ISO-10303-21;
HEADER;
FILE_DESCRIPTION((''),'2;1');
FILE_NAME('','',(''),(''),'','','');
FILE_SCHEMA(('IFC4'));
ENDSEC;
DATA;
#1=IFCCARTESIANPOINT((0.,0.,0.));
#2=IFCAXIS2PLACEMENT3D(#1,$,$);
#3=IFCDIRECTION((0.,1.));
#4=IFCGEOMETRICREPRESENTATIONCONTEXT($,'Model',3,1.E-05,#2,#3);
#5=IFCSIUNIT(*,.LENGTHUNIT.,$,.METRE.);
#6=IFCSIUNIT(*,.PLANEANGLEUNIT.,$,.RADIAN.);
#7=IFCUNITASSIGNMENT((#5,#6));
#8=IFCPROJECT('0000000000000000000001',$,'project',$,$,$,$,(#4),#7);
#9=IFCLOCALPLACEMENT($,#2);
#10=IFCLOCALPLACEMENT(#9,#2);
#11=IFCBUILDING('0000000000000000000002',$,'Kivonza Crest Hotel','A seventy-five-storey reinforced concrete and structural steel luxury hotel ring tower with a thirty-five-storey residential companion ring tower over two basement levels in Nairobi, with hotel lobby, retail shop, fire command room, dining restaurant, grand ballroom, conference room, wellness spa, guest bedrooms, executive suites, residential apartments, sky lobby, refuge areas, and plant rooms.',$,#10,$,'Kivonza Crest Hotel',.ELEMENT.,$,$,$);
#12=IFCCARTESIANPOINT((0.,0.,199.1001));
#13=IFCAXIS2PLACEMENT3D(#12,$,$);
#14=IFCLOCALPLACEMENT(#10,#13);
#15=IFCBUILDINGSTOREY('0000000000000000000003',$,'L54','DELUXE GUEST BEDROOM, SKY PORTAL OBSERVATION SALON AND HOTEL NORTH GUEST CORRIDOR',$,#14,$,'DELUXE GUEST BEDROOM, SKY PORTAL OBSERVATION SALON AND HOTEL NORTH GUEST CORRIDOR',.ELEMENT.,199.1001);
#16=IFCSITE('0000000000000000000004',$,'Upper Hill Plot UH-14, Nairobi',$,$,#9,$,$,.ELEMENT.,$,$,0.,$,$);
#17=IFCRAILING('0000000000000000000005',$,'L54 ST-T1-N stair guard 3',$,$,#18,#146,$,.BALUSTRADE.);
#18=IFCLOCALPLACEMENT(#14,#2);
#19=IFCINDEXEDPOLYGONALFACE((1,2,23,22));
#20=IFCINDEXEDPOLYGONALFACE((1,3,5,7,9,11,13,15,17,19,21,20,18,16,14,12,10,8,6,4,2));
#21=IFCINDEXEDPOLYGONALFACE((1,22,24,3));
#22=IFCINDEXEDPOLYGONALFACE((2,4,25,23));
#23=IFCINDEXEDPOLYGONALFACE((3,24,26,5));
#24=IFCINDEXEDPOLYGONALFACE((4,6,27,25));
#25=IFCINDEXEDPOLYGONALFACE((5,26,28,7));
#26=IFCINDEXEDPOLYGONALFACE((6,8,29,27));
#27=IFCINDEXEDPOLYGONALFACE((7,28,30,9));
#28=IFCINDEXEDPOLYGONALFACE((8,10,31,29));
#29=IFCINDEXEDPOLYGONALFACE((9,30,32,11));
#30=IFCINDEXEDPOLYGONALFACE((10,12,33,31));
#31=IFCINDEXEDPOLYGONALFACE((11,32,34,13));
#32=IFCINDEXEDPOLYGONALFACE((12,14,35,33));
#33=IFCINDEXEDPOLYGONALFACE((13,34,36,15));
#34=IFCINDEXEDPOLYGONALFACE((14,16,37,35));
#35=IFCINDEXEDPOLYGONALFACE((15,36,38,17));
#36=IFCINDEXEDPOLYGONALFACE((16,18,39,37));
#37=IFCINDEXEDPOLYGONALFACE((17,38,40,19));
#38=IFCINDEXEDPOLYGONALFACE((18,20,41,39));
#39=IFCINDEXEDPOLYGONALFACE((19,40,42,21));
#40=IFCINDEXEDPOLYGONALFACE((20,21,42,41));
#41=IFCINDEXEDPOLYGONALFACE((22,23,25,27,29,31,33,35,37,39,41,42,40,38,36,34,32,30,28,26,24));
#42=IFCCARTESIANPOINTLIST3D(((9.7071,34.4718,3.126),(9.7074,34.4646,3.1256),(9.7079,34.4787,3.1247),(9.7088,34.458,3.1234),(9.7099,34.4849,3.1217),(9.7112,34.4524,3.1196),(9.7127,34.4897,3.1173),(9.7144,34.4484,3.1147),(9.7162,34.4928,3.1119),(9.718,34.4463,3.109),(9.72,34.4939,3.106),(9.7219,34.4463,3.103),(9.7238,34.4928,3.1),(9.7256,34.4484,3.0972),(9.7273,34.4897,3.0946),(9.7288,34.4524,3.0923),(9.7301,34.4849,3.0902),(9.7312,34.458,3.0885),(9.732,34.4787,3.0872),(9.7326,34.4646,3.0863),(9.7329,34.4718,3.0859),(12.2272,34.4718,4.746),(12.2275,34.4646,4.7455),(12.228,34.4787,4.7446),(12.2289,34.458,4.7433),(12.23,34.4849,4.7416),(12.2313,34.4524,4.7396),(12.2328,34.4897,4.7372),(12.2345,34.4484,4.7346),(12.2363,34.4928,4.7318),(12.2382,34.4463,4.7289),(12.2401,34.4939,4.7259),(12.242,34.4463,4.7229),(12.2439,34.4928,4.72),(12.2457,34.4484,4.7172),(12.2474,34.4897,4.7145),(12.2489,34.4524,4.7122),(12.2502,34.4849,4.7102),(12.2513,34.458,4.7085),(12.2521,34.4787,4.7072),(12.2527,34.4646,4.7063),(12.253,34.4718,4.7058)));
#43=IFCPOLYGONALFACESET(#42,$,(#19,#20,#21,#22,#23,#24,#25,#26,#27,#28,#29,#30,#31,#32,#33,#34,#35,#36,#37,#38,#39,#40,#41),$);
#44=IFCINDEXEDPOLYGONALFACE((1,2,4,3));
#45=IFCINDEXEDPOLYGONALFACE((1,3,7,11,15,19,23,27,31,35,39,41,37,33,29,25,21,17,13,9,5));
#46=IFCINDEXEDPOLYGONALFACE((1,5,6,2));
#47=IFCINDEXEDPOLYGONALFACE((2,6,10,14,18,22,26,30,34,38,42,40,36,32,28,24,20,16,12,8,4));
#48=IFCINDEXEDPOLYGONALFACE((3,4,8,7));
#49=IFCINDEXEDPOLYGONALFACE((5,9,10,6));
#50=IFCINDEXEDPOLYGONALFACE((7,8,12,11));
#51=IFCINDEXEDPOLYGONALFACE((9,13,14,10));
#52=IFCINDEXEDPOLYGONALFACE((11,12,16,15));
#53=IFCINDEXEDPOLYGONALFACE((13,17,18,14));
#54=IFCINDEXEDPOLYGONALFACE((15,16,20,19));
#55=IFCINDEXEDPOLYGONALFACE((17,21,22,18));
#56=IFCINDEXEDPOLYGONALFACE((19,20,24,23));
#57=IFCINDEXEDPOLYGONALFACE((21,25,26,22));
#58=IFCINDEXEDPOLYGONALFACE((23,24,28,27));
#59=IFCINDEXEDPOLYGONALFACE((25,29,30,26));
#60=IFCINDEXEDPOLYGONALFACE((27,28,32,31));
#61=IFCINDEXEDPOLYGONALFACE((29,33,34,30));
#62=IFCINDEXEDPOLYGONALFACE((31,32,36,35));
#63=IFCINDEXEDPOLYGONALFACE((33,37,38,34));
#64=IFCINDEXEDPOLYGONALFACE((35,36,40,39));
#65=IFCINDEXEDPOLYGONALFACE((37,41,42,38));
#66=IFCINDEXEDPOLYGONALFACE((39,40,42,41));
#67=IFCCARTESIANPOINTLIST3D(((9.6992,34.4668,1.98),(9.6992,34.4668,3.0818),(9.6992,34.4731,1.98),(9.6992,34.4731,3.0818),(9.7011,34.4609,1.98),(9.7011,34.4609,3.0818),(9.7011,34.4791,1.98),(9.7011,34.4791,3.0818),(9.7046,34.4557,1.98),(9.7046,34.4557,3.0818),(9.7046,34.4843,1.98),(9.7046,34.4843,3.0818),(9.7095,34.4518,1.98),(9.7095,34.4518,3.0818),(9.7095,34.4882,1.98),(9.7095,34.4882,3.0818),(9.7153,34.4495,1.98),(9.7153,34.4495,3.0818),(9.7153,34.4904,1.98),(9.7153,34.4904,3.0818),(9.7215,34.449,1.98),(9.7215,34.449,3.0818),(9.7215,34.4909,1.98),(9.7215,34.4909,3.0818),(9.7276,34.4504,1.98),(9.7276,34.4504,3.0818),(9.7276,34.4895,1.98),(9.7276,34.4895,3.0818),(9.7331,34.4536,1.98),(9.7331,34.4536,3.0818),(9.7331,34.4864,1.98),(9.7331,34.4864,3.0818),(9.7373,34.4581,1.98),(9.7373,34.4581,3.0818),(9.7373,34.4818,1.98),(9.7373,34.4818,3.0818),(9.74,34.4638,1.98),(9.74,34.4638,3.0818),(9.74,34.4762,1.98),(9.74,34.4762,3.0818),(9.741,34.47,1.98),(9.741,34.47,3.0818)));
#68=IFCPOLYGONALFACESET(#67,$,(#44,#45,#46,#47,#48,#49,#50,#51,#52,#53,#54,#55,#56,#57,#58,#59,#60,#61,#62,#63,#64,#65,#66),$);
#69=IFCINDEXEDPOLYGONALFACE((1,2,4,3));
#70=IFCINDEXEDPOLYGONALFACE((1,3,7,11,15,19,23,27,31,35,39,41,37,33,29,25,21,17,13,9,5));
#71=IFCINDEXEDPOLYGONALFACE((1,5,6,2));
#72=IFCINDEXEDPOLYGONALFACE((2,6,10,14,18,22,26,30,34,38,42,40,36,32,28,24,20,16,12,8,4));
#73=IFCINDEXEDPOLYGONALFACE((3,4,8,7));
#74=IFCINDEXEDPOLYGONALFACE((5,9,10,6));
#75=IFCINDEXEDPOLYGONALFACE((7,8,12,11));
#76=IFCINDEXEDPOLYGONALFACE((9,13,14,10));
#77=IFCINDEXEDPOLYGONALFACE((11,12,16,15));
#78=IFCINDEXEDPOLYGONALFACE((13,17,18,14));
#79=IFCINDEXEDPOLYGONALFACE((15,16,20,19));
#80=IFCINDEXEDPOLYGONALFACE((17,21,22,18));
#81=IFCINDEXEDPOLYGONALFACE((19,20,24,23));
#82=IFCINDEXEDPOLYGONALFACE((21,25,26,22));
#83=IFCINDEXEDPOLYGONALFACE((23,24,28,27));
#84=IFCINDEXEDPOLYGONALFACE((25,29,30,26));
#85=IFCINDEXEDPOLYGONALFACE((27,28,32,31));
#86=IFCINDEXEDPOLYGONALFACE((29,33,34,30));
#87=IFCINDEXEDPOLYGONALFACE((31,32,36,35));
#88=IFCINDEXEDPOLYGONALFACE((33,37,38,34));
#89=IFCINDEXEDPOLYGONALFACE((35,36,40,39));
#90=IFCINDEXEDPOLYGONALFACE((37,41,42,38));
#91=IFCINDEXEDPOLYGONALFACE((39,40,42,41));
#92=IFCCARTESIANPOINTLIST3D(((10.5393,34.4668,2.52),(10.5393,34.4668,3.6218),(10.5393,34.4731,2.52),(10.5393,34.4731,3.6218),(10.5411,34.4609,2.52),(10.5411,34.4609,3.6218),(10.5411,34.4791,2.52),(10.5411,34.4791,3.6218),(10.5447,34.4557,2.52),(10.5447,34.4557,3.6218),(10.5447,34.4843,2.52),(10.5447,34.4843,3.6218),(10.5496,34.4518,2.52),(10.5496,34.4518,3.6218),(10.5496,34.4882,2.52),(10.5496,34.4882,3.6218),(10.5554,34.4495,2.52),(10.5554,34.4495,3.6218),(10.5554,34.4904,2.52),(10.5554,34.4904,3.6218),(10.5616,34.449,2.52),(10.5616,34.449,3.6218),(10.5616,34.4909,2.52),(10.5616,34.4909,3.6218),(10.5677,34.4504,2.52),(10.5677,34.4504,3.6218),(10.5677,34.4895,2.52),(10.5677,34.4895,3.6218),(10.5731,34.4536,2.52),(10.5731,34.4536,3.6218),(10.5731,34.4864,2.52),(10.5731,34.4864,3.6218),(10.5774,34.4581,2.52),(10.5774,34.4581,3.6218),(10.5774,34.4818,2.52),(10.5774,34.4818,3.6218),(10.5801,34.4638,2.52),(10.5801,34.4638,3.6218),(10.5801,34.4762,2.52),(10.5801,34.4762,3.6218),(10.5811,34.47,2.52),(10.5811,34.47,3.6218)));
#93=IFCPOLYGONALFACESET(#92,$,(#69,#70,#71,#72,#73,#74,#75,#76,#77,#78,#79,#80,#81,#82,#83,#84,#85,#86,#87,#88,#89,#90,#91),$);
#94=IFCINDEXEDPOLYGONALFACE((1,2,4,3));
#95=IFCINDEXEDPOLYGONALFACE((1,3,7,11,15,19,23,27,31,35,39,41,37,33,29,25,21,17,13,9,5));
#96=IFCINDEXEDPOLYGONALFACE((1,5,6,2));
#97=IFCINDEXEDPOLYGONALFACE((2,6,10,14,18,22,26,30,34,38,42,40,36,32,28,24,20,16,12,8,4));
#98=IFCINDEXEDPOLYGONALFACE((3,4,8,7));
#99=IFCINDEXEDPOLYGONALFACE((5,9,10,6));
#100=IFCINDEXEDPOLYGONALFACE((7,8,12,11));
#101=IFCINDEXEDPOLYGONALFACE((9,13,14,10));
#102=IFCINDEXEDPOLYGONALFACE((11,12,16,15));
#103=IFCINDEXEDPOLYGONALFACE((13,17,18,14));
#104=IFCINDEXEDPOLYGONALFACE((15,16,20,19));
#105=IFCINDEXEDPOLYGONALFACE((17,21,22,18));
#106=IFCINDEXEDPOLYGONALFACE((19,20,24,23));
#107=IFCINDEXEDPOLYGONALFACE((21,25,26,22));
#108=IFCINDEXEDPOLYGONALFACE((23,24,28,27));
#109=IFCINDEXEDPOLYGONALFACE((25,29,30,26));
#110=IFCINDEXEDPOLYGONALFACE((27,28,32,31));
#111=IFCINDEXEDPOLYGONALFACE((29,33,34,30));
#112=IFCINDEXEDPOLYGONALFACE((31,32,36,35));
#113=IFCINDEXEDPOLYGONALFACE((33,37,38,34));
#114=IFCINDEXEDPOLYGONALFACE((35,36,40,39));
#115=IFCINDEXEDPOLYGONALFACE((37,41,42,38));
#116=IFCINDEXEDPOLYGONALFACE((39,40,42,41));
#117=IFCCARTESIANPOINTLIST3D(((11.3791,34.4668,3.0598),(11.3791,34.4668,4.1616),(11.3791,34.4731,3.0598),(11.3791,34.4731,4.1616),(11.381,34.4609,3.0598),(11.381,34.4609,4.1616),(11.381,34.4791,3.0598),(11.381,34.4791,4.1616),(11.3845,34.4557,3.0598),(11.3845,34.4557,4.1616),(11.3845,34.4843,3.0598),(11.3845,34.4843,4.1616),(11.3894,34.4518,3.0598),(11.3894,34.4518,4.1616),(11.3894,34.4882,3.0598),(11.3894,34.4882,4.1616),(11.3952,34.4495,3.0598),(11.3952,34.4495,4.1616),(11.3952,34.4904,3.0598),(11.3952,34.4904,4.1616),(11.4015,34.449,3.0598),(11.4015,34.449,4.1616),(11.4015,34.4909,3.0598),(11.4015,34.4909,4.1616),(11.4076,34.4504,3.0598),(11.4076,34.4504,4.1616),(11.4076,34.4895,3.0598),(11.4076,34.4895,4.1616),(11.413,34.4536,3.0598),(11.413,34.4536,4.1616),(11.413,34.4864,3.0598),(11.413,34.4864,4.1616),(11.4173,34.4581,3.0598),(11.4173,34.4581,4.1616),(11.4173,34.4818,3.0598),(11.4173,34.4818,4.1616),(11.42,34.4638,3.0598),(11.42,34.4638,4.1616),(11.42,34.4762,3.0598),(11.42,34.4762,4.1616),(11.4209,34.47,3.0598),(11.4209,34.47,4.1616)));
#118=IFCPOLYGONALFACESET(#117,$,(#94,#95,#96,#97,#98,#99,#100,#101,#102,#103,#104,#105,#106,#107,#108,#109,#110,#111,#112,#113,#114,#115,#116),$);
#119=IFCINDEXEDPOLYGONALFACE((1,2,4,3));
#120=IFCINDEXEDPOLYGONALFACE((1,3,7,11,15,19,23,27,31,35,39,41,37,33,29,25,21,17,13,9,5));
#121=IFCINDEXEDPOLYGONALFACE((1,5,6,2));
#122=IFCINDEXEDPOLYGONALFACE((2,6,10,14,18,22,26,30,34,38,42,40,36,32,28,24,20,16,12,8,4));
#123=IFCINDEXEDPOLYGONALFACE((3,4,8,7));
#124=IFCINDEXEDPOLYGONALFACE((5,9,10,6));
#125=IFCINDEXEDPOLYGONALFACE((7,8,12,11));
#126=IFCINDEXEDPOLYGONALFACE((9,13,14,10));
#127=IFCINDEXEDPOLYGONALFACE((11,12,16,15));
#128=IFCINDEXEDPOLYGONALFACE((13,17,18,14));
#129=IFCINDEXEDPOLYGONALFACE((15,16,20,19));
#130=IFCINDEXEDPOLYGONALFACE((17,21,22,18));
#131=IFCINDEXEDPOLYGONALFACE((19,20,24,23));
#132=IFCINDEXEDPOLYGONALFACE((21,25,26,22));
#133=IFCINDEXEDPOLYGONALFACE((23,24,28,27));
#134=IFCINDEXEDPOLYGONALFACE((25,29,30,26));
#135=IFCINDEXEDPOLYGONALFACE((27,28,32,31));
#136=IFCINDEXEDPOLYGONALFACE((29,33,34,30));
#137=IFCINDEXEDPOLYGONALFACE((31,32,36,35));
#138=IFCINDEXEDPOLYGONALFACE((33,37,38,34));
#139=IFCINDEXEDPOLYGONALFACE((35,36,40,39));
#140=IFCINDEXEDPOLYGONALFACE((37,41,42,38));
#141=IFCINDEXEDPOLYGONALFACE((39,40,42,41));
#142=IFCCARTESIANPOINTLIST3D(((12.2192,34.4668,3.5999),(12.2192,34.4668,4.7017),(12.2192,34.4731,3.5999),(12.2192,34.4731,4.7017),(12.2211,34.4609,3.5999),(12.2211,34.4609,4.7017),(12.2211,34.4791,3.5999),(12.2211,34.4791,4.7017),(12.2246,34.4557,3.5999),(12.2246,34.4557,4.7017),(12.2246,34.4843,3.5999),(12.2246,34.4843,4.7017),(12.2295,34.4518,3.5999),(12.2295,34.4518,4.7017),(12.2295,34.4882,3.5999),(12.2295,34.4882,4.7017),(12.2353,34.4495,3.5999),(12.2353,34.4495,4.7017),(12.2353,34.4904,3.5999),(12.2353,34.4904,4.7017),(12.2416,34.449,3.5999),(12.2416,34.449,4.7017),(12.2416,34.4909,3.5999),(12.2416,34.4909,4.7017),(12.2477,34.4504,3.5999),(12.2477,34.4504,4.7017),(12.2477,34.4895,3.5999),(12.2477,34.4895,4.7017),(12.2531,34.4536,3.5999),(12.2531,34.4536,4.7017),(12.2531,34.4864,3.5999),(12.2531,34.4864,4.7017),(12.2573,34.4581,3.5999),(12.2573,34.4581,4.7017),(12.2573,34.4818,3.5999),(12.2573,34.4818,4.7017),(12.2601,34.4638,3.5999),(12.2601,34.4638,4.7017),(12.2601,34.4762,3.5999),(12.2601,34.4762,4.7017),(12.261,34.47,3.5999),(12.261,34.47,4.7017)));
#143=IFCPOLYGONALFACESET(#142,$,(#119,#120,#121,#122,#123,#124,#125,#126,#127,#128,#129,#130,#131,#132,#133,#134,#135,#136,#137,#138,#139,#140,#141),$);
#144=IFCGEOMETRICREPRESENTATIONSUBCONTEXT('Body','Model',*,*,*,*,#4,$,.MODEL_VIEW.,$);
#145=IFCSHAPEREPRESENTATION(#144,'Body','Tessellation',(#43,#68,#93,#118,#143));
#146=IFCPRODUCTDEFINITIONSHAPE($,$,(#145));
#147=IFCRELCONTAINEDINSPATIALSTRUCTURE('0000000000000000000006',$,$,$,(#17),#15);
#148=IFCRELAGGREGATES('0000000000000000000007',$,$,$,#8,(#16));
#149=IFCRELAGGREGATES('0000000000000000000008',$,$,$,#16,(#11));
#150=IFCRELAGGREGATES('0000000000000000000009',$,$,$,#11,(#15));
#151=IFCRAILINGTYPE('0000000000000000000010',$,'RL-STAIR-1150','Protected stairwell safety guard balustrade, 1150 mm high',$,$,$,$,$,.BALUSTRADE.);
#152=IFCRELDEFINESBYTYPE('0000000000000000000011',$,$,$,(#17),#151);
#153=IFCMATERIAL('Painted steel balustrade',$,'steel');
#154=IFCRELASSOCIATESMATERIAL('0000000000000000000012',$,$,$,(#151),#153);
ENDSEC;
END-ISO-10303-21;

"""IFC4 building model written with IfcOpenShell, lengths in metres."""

from ifc_helpers import new_model, si_unit, direction, frame, origin, origin_2d, place, context, subcontext, project, spatial, circle, extrude, material, type_object, element, save


model = new_model("IFC4")

# Units and contexts
model_context = context("Model", 3, precision=1e-05, world=origin(), true_north=direction((0.0, 1.0)))
body_context = subcontext(model_context, "Body", "Model", "MODEL_VIEW")
ifc_project = project(units=[si_unit("LENGTHUNIT", "METRE"), si_unit("PLANEANGLEUNIT", "RADIAN")], contexts=[model_context])

# Site, building, storey
site_placement = place(None, origin())
site = spatial("IfcSite", under=ifc_project, at=site_placement, Name="Upper Hill Plot UH-14, Nairobi", CompositionType="ELEMENT", RefElevation=0.0)
building_placement = place(site_placement, origin())
building = spatial("IfcBuilding", under=site, at=building_placement, Name="Kivonza Crest Hotel", Description="A seventy-five-storey reinforced concrete and structural steel luxury hotel ring tower with a thirty-five-storey residential companion ring tower over two basement levels in Nairobi, with hotel lobby, retail shop, fire command room, dining restaurant, grand ballroom, conference room, wellness spa, guest bedrooms, executive suites, residential apartments, sky lobby, refuge areas, and plant rooms.", LongName="Kivonza Crest Hotel", CompositionType="ELEMENT")
storey_placement = place(building_placement, frame((0.0, 0.0, 199.1001)))
storey = spatial("IfcBuildingStorey", under=building, at=storey_placement, Name="L54", Description="DELUXE GUEST BEDROOM, SKY PORTAL OBSERVATION SALON AND HOTEL NORTH GUEST CORRIDOR", LongName="DELUXE GUEST BEDROOM, SKY PORTAL OBSERVATION SALON AND HOTEL NORTH GUEST CORRIDOR", CompositionType="ELEMENT", Elevation=199.1001)

# Railing
ifc_material_1 = material(Name="Painted steel balustrade", Category="steel")
railing_type_1 = type_object("IfcRailingType", Name="RL-STAIR-1150", Description="Protected stairwell safety guard balustrade, 1150 mm high", PredefinedType="BALUSTRADE", material=ifc_material_1)
railing_1_placement = place(storey_placement, frame((9.72, 34.47, 1.98)))
element("IfcRailing", 1, at=railing_1_placement, inside=storey, type_object=railing_type_1, Name="L54 ST-T1-N stair guard 3", PredefinedType="BALUSTRADE", context=body_context, shape_type="SweptSolid", body=[
    extrude(circle(Radius=0.0239, at=origin_2d()), frame((0.0, 0.0, 1.126), z_axis=(0.8412, 0.0, 0.540725), x_axis=(0.0, 1.0, 0.0)), (0.0, 0.0, 1.0), 2.9958),
    extrude(circle(Radius=0.021, at=origin_2d()), origin(), (0.0, 0.0, 1.0), 1.1018),
    extrude(circle(Radius=0.021, at=origin_2d()), frame((0.8401, 0.0, 0.54)), (0.0, 0.0, 1.0), 1.1018),
    extrude(circle(Radius=0.021, at=origin_2d()), frame((1.6799, 0.0, 1.0798)), (0.0, 0.0, 1.0), 1.1018),
    extrude(circle(Radius=0.021, at=origin_2d()), frame((2.52, 0.0, 1.6199)), (0.0, 0.0, 1.0), 1.1018),
])

save(model, "model.ifc")
